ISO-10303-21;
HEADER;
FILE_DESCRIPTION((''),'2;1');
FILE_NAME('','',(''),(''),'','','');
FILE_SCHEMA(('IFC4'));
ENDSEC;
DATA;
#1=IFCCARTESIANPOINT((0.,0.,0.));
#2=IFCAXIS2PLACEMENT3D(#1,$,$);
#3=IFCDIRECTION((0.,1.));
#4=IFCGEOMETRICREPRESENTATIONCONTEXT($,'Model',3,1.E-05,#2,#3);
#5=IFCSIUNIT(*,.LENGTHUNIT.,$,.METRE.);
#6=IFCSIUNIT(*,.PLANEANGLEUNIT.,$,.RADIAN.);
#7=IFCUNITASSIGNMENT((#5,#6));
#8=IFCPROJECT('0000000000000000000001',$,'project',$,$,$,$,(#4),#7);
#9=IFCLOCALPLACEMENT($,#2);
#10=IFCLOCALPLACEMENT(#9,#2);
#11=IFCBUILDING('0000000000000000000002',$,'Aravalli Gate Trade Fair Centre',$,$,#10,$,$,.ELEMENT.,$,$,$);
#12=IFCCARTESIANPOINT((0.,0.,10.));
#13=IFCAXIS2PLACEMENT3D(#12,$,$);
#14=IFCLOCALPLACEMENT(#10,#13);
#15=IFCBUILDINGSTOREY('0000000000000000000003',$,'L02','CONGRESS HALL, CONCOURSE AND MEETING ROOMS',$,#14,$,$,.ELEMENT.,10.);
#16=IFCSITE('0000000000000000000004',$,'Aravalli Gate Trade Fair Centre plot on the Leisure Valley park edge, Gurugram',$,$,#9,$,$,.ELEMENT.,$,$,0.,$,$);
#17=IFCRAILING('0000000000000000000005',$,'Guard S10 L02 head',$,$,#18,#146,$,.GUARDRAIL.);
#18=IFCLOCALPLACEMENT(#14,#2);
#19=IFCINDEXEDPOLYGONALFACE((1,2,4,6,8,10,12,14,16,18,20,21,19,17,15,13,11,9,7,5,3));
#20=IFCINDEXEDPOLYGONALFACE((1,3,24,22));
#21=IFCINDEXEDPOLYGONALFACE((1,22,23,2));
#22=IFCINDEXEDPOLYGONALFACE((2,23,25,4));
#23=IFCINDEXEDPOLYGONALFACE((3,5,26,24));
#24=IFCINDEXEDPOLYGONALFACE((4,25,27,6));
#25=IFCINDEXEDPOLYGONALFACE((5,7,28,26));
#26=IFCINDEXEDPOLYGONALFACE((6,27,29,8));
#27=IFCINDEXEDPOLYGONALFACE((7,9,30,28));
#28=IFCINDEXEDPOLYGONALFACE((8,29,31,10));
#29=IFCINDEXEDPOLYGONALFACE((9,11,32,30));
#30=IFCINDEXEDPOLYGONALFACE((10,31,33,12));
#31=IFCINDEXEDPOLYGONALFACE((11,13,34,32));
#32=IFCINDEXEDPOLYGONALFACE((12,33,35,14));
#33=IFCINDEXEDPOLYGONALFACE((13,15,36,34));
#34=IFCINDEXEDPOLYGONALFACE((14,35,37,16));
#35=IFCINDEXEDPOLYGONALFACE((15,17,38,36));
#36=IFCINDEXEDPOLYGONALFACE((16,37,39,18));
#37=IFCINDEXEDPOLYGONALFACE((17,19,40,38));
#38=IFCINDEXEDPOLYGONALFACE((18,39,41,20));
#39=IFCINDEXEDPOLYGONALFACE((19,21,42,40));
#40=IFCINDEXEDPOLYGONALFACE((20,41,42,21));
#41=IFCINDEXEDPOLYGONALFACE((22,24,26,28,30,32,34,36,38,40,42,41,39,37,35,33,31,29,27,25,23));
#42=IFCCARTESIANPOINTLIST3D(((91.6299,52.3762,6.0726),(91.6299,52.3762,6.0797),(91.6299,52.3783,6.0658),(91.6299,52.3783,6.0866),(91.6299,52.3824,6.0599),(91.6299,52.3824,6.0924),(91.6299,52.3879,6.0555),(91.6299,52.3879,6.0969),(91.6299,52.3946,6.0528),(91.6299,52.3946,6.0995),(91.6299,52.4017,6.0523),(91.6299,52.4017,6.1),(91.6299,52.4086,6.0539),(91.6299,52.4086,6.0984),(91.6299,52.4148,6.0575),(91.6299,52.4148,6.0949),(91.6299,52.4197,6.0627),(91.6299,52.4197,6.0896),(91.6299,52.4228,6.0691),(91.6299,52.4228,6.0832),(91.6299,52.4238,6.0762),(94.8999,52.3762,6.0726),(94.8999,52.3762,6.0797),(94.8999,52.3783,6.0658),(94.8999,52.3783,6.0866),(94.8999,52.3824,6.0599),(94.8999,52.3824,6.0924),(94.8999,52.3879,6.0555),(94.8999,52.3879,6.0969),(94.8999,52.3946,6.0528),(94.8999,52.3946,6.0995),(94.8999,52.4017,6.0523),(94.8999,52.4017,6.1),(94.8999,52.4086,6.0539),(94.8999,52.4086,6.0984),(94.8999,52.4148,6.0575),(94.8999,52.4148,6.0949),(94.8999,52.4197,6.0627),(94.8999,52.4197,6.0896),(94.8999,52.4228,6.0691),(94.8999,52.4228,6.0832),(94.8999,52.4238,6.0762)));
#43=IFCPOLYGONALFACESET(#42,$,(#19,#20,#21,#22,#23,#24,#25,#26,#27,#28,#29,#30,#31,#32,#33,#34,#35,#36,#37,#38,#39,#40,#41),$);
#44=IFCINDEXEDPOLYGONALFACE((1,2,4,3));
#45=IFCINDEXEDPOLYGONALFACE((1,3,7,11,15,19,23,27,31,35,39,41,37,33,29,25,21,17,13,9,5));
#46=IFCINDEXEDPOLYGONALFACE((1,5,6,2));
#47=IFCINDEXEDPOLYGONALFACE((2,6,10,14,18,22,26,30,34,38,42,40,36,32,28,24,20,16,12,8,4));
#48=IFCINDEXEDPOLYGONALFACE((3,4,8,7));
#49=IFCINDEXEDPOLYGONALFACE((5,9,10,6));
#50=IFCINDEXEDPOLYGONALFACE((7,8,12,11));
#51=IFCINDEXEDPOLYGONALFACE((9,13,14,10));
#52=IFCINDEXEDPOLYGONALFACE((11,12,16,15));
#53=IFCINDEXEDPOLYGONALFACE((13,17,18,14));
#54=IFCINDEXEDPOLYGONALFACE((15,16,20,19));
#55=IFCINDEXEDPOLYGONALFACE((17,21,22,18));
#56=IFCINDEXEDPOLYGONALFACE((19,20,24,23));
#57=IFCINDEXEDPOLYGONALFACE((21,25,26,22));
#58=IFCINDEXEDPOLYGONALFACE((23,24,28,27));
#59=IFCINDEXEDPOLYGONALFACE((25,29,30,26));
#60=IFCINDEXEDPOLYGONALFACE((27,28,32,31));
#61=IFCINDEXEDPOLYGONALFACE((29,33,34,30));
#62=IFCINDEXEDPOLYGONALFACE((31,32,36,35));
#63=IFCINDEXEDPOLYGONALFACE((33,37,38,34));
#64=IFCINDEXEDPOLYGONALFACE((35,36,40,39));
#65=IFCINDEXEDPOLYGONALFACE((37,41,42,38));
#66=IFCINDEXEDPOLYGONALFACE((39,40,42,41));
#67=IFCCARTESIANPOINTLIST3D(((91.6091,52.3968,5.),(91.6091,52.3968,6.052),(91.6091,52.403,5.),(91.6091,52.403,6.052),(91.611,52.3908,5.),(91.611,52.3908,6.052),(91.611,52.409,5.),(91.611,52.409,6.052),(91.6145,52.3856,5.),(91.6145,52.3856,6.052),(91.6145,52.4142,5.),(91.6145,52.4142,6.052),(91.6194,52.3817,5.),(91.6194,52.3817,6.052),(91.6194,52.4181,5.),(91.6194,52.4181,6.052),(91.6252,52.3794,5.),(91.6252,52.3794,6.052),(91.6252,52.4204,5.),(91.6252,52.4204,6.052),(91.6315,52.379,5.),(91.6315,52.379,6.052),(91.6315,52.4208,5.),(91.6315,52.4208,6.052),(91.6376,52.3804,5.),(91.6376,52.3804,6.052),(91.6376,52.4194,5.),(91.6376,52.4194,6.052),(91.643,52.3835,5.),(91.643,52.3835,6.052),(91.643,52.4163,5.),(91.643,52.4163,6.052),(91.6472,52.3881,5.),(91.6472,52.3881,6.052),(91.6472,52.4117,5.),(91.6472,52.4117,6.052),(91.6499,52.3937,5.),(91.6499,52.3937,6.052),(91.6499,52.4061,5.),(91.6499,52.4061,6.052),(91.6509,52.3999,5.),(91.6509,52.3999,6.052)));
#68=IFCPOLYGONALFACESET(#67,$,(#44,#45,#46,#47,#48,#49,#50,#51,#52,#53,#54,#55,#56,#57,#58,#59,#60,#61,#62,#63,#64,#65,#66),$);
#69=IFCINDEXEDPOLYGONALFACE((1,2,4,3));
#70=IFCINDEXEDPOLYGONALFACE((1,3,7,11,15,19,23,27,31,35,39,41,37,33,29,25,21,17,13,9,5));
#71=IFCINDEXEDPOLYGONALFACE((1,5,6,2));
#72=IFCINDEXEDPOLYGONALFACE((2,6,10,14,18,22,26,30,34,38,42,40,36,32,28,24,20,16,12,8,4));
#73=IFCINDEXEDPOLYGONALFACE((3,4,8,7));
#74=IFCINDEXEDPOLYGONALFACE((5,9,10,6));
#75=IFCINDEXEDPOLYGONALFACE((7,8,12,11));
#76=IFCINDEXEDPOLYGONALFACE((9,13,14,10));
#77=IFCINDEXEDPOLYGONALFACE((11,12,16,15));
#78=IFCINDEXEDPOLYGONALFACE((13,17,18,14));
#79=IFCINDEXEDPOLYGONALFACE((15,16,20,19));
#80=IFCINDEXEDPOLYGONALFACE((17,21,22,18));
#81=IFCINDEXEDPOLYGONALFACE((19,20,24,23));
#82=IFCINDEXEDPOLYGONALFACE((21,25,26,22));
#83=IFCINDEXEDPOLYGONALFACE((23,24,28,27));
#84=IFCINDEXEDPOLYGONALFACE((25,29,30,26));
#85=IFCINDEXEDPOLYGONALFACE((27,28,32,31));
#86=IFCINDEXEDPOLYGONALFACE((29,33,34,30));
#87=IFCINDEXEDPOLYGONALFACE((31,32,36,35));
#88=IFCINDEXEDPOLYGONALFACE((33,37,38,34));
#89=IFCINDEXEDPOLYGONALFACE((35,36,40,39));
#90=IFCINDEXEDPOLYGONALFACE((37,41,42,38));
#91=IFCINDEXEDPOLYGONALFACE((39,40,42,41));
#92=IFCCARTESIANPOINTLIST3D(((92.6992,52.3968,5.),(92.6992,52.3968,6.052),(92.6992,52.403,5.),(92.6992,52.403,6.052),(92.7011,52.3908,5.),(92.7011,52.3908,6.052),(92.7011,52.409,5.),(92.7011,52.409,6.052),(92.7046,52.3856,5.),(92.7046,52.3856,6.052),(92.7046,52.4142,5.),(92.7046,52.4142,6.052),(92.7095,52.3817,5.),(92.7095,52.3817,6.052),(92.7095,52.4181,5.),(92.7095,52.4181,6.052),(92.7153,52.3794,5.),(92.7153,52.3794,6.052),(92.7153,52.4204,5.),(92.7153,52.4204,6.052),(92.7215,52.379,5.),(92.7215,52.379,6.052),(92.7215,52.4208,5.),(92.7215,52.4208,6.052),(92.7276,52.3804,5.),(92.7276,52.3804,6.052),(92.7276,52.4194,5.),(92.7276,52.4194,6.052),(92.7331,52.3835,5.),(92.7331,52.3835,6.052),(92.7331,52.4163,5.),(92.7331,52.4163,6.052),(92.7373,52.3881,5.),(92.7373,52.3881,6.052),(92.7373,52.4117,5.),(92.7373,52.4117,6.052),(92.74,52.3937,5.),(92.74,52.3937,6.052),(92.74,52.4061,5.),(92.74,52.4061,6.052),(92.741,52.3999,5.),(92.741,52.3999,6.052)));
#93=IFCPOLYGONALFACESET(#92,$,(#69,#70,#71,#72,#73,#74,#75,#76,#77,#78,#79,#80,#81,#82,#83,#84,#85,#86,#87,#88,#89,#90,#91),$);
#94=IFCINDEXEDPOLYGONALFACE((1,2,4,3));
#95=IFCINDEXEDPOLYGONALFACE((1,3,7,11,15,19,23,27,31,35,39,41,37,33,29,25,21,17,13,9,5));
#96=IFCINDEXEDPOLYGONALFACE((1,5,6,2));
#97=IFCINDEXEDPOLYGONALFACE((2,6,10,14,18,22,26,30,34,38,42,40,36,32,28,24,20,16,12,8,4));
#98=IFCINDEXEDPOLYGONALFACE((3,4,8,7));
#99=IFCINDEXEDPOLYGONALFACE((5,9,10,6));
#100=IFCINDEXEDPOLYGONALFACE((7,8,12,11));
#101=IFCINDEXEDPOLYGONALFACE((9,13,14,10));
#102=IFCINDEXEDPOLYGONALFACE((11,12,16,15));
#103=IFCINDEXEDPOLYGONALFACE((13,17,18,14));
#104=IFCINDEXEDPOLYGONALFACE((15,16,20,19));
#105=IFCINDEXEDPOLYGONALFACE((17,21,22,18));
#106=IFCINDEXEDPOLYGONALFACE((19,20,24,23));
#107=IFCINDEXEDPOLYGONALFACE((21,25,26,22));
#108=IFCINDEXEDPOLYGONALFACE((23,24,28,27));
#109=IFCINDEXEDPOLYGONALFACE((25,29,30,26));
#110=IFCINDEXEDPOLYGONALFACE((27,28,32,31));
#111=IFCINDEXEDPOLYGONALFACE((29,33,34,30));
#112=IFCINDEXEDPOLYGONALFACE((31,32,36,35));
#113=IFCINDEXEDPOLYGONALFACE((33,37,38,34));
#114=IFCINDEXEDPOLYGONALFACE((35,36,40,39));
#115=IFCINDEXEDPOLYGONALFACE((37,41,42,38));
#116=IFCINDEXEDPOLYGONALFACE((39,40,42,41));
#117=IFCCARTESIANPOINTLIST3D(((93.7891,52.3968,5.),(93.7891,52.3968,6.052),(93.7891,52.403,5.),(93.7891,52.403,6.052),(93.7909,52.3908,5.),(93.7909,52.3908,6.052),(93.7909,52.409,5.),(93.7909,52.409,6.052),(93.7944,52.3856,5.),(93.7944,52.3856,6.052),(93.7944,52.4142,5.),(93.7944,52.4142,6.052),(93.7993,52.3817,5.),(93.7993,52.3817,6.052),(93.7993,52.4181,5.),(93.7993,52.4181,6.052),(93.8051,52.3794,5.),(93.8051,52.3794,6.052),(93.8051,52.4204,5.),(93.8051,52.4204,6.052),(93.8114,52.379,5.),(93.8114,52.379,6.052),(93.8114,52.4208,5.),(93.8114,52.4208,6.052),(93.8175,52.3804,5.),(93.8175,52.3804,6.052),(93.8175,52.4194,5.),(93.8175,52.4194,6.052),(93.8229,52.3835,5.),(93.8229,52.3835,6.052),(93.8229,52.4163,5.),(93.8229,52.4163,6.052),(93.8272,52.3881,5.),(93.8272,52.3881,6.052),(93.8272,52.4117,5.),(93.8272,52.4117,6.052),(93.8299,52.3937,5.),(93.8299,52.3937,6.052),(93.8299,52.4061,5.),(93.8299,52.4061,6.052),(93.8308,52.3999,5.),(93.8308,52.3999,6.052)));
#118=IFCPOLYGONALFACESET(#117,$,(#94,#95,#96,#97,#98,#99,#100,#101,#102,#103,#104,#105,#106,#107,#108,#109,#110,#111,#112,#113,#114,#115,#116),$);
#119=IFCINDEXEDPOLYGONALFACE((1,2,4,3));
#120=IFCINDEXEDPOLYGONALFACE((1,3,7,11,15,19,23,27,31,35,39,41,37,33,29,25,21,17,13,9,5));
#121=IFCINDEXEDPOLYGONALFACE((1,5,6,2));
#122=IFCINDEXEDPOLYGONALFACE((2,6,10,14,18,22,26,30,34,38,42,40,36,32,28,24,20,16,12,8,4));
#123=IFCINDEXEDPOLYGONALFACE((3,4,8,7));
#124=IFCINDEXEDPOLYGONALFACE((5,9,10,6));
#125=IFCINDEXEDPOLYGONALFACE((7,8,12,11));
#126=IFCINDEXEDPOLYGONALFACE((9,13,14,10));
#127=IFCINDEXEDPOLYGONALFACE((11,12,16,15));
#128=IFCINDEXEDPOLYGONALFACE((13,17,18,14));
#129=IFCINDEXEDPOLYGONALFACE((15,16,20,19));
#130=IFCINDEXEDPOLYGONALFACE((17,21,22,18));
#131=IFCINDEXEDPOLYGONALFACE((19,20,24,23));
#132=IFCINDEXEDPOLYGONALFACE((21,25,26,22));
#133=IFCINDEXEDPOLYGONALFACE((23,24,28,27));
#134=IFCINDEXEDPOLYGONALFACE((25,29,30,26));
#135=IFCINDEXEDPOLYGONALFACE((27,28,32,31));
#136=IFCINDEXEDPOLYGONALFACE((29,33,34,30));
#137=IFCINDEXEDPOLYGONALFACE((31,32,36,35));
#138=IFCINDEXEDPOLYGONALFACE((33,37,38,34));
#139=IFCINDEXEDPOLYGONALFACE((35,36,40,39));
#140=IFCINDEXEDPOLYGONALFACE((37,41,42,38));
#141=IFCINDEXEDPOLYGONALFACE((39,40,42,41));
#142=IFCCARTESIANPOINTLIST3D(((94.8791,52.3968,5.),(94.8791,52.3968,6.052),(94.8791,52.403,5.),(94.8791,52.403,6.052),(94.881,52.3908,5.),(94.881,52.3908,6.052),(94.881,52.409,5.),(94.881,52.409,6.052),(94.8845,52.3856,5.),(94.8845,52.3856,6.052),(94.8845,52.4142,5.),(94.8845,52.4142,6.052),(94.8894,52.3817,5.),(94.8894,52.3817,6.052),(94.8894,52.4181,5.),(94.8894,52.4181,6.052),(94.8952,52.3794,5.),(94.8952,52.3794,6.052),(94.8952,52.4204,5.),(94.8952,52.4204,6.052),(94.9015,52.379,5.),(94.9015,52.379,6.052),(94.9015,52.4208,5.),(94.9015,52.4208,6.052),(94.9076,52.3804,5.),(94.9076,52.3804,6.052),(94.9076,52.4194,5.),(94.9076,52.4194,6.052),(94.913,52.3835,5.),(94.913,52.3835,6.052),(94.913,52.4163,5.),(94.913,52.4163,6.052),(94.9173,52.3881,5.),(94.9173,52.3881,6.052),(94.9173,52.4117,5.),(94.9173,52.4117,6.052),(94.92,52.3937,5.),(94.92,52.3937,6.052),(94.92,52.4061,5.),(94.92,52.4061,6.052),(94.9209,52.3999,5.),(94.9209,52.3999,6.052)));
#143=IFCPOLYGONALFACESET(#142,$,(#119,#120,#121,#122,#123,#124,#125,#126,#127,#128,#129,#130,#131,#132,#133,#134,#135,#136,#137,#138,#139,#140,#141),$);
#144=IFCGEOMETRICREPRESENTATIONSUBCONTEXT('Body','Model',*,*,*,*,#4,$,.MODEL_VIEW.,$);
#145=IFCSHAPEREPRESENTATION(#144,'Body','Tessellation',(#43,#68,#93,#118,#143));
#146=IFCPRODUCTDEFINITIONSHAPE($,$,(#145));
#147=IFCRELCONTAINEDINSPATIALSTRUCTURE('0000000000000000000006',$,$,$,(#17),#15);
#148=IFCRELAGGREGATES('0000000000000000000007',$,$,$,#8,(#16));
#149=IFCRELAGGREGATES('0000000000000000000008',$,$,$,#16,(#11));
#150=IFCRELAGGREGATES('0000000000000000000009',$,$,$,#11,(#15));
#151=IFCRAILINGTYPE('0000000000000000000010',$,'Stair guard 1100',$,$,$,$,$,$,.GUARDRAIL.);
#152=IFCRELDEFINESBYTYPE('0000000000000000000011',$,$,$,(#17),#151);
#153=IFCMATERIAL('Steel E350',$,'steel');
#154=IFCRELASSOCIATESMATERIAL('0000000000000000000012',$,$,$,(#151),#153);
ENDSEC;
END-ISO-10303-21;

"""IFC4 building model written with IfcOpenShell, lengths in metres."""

from ifc_helpers import new_model, si_unit, direction, frame, origin, origin_2d, place, context, subcontext, project, spatial, circle, extrude, material, type_object, element, save


model = new_model("IFC4")

# Units and contexts
model_context = context("Model", 3, precision=1e-05, world=origin(), true_north=direction((0.0, 1.0)))
body_context = subcontext(model_context, "Body", "Model", "MODEL_VIEW")
ifc_project = project(units=[si_unit("LENGTHUNIT", "METRE"), si_unit("PLANEANGLEUNIT", "RADIAN")], contexts=[model_context])

# Site, building, storey
site_placement = place(None, origin())
site = spatial("IfcSite", under=ifc_project, at=site_placement, Name="Aravalli Gate Trade Fair Centre plot on the Leisure Valley park edge, Gurugram", CompositionType="ELEMENT", RefElevation=0.0)
building_placement = place(site_placement, origin())
building = spatial("IfcBuilding", under=site, at=building_placement, Name="Aravalli Gate Trade Fair Centre", CompositionType="ELEMENT")
storey_placement = place(building_placement, frame((0.0, 0.0, 10.0)))
storey = spatial("IfcBuildingStorey", under=building, at=storey_placement, Name="L02", Description="CONGRESS HALL, CONCOURSE AND MEETING ROOMS", CompositionType="ELEMENT", Elevation=10.0)

# Shared definitions
ifc_material_1 = material(Name="Steel E350", Category="steel")

# Railing
railing_type_1 = type_object("IfcRailingType", Name="Stair guard 1100", PredefinedType="GUARDRAIL", material=ifc_material_1)
railing_placement = place(storey_placement, frame((91.6299, 52.3999, 5.0)))
element("IfcRailing", 1, at=railing_placement, inside=storey, type_object=railing_type_1, Name="Guard S10 L02 head", PredefinedType="GUARDRAIL", context=body_context, shape_type="SweptSolid", body=[
    extrude(circle(Radius=0.0239, at=origin_2d()), frame((0.0, 0.0, 1.0762), z_axis=(1.0, 0.0, 0.0), x_axis=(0.0, 1.0, 0.0)), (0.0, 0.0, 1.0), 3.27),
    extrude(circle(Radius=0.021, at=origin_2d()), origin(), (0.0, 0.0, 1.0), 1.052),
    extrude(circle(Radius=0.021, at=origin_2d()), frame((1.0901, 0.0, 0.0)), (0.0, 0.0, 1.0), 1.052),
    extrude(circle(Radius=0.021, at=origin_2d()), frame((2.1799, 0.0, 0.0)), (0.0, 0.0, 1.0), 1.052),
    extrude(circle(Radius=0.021, at=origin_2d()), frame((3.27, 0.0, 0.0)), (0.0, 0.0, 1.0), 1.052),
])

save(model, "model.ifc")
